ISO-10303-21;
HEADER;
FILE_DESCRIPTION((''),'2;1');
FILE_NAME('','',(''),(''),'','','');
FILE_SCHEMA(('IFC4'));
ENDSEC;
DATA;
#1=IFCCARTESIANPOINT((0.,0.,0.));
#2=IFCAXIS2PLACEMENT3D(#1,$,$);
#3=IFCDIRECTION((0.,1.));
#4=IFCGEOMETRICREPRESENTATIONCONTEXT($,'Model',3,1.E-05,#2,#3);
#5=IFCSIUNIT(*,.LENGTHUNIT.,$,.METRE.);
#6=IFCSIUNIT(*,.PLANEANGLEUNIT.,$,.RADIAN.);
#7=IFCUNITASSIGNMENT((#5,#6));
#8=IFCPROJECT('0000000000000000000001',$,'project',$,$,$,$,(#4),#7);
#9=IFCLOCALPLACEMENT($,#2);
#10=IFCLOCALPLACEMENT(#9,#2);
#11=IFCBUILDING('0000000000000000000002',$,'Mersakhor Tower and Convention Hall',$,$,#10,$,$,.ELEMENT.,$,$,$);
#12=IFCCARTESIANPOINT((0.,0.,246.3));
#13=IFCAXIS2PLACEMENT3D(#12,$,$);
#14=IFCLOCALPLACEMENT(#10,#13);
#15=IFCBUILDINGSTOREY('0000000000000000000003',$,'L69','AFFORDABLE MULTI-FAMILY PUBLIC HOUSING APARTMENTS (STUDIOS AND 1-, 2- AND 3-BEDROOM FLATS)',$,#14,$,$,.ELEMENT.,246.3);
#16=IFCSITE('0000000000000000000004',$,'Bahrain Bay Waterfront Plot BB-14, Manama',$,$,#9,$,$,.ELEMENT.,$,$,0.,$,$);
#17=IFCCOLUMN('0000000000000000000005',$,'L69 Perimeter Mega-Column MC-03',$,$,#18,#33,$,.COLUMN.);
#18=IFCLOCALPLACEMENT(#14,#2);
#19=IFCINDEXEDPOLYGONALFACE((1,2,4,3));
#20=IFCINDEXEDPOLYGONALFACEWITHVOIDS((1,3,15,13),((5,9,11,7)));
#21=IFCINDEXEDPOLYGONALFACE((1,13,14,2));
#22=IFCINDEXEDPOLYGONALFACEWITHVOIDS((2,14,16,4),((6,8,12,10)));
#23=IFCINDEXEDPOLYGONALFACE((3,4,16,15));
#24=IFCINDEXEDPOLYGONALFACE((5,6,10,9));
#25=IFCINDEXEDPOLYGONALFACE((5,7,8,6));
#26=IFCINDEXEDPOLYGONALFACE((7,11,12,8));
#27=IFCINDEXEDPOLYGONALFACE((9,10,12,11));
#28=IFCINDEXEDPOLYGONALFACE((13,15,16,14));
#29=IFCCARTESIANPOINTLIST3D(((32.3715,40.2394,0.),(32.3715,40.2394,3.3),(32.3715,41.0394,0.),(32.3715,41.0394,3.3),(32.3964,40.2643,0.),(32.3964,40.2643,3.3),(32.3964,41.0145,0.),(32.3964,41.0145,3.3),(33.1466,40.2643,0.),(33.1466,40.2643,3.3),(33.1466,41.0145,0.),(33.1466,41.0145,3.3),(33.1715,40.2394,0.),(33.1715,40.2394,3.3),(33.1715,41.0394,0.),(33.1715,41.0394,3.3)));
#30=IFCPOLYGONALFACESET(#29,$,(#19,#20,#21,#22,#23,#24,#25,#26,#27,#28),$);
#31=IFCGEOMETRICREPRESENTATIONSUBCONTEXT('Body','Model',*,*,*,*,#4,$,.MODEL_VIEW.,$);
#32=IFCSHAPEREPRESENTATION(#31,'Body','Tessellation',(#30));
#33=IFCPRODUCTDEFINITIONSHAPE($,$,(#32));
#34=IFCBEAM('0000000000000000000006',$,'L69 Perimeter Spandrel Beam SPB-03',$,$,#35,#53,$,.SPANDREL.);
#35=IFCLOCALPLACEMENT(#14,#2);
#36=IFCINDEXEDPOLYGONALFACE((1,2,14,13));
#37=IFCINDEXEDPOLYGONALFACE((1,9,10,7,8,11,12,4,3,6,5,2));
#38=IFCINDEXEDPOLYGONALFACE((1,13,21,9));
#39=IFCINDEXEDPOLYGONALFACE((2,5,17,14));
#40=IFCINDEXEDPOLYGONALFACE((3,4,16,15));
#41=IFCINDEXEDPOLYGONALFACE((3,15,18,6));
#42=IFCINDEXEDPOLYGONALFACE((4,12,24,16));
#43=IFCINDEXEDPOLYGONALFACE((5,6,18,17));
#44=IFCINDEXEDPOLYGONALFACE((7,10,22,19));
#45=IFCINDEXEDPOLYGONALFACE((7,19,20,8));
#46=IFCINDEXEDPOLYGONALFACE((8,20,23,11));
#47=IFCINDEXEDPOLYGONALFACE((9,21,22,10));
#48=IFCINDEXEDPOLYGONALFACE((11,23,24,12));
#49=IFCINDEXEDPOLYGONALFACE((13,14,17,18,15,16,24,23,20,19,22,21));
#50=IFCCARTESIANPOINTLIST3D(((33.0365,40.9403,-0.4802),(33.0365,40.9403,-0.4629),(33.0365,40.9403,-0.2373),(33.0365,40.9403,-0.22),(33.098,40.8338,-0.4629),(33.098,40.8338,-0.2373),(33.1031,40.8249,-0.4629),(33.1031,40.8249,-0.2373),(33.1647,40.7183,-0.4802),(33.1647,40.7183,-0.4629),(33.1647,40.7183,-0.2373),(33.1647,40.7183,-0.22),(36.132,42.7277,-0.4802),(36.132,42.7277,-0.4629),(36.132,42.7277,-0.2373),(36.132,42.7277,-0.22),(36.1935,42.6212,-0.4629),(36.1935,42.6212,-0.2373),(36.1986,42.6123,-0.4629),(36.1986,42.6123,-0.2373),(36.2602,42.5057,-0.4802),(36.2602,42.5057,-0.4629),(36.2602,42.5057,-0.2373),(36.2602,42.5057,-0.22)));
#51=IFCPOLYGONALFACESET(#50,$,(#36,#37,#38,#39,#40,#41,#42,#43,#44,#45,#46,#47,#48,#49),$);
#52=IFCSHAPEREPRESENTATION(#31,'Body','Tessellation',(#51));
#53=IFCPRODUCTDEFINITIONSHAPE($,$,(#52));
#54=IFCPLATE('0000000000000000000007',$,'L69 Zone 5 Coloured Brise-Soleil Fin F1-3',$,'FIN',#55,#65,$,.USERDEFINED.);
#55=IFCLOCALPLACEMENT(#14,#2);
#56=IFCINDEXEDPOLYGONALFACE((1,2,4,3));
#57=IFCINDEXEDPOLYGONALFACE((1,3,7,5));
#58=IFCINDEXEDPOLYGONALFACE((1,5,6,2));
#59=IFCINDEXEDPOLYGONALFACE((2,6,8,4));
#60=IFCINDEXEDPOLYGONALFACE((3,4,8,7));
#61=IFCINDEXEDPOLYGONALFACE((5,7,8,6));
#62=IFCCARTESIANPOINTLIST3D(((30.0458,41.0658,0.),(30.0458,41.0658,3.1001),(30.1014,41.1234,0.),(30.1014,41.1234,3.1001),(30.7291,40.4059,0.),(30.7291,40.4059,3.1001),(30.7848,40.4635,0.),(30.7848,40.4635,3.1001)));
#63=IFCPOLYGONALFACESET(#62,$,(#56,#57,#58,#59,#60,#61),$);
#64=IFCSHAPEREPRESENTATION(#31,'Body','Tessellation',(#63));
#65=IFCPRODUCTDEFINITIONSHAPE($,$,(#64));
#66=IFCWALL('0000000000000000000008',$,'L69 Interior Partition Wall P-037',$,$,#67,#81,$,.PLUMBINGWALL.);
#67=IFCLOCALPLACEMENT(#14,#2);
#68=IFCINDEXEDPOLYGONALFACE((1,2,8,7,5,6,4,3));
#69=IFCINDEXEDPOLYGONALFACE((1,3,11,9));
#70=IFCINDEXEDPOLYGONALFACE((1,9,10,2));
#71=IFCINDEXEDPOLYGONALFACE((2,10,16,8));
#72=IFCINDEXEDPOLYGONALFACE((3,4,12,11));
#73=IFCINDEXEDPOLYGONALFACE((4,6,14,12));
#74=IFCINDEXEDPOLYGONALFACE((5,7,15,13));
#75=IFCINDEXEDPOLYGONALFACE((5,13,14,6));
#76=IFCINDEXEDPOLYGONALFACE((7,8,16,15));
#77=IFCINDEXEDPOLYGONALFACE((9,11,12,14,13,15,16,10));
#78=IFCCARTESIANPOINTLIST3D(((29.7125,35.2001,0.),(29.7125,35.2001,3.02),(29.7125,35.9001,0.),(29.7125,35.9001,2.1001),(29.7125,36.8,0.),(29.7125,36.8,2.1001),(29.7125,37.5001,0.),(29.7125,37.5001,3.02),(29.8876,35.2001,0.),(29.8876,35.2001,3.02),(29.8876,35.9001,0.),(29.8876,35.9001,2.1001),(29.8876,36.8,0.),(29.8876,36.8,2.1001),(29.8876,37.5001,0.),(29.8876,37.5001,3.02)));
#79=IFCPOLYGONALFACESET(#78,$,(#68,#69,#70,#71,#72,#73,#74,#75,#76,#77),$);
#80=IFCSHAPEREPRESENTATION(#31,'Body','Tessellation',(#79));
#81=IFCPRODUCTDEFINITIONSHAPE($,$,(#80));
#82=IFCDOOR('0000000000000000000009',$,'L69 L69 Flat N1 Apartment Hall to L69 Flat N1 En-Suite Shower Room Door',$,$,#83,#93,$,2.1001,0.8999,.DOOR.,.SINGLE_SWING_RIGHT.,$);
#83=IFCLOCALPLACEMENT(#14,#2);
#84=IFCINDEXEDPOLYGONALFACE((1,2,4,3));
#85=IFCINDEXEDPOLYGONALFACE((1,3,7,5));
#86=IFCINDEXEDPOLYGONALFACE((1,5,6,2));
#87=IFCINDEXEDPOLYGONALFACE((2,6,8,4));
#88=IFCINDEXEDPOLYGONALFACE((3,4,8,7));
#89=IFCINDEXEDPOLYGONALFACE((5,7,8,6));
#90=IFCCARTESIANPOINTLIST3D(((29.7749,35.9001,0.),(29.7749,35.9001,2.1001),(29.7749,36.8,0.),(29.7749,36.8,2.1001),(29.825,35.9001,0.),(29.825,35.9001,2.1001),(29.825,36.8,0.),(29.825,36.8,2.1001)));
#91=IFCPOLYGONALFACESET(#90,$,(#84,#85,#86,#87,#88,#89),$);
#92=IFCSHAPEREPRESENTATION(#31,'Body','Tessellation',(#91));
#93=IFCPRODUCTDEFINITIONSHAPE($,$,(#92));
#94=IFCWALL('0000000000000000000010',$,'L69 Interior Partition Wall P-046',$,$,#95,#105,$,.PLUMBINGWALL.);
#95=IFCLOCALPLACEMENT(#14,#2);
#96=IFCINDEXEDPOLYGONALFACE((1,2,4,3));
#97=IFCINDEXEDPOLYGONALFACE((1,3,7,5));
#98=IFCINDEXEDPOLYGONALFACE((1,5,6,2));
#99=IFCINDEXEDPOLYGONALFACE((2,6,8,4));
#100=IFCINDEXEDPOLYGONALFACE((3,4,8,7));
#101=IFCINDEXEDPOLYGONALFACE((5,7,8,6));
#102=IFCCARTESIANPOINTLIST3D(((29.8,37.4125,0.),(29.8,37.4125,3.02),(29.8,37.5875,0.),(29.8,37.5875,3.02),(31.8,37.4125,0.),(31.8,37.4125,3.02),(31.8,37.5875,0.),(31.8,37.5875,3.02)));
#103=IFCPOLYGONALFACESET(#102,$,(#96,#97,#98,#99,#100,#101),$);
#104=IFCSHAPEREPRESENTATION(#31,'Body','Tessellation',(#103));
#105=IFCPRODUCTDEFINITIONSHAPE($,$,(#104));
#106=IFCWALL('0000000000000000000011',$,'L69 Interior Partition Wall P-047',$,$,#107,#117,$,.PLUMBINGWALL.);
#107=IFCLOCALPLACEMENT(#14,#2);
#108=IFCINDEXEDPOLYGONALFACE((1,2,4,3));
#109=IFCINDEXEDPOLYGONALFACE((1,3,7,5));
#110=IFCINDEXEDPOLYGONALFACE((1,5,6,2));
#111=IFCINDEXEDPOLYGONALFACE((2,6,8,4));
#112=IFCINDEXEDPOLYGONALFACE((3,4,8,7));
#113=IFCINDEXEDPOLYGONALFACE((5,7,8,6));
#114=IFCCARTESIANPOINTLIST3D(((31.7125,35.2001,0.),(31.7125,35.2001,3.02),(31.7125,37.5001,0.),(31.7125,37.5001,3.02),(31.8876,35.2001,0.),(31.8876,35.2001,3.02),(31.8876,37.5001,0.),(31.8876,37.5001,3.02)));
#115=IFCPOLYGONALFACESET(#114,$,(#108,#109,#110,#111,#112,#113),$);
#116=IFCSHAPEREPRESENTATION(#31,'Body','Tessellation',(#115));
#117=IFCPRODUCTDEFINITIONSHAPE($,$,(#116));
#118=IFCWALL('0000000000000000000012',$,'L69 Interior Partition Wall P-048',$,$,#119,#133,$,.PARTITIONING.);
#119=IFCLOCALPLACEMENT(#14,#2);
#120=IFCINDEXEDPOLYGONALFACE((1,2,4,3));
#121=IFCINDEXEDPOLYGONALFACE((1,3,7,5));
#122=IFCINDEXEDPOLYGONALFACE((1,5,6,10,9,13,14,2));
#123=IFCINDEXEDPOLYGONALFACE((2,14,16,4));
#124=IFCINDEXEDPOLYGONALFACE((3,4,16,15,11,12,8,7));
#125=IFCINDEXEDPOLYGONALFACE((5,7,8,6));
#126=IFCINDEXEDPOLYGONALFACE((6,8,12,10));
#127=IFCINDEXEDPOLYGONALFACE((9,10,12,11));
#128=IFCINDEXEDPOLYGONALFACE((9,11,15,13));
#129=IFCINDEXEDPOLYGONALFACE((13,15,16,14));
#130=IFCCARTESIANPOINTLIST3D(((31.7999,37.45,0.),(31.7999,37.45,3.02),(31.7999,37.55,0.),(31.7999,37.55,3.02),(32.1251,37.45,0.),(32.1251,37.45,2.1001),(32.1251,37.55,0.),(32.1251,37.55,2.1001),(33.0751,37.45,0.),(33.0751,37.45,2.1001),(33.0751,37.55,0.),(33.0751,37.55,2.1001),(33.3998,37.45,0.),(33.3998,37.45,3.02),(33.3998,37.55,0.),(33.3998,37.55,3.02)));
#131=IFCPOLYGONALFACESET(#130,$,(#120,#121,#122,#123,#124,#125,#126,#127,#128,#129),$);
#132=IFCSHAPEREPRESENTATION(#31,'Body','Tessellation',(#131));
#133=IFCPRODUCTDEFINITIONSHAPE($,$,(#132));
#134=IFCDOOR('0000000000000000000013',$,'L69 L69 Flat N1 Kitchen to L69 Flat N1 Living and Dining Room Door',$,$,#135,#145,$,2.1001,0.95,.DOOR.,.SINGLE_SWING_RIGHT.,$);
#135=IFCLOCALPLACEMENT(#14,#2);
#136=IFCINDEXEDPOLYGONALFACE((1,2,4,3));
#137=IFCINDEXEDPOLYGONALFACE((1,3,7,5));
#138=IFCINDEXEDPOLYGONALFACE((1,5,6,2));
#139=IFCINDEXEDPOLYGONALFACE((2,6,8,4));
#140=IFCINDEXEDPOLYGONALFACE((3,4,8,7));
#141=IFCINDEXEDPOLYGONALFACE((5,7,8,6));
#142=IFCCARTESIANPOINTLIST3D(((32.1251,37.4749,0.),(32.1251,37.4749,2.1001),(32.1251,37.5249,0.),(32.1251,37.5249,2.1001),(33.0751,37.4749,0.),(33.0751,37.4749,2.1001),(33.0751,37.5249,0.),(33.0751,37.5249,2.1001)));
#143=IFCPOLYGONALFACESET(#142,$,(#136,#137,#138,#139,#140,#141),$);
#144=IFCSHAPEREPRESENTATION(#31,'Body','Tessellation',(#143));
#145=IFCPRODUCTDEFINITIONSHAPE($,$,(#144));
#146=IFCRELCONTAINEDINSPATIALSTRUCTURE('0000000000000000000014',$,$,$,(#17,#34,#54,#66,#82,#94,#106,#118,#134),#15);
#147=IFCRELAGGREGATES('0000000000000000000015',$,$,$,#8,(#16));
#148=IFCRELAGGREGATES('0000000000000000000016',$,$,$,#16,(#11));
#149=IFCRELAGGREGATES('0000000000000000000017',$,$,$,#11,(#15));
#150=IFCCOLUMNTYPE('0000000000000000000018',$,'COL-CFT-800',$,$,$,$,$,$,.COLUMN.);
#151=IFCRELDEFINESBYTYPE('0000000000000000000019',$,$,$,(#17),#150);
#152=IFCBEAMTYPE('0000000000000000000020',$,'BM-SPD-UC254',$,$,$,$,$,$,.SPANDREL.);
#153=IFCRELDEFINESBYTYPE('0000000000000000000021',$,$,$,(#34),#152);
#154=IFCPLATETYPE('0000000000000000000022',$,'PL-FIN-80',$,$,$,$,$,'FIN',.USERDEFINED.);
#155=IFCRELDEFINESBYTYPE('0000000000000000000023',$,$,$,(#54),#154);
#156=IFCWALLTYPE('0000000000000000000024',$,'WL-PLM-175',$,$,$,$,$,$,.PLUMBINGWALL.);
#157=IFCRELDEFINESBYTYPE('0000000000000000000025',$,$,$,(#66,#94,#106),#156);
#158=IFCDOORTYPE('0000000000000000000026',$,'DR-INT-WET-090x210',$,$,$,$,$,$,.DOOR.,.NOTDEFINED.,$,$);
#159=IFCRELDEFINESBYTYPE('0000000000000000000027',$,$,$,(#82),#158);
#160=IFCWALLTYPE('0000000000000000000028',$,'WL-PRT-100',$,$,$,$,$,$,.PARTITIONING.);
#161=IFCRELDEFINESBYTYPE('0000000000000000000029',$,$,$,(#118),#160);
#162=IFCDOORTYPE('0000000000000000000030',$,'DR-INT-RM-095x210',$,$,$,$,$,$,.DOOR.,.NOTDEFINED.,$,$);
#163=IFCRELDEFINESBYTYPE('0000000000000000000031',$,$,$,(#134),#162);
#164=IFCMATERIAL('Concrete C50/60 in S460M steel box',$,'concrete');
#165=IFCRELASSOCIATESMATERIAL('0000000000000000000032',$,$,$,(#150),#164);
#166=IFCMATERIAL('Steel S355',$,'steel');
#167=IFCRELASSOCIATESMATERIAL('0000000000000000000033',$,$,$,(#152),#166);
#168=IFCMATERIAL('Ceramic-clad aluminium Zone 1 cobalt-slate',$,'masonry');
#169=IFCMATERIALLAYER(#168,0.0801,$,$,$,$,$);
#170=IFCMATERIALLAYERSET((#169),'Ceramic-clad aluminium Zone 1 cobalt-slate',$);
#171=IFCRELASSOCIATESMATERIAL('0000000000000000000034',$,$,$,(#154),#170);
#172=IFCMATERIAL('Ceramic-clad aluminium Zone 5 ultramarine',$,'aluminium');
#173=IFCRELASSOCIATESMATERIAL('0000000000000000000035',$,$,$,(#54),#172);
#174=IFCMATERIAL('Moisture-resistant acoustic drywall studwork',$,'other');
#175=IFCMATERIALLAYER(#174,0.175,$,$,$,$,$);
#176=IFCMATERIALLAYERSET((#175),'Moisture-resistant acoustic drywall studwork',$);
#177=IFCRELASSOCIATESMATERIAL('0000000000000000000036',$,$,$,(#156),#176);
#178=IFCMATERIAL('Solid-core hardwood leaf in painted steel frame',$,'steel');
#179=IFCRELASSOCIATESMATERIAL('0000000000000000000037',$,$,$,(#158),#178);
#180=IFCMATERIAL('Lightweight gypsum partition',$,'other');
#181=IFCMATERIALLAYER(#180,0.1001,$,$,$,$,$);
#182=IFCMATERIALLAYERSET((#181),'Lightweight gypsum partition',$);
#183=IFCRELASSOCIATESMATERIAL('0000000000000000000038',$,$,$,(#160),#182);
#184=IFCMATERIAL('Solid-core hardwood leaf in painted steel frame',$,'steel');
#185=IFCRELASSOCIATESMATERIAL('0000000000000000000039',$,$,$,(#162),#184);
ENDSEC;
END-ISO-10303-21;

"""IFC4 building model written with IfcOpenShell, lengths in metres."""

from ifc_helpers import new_model, si_unit, direction, frame, frame_2d, origin, origin_2d, place, context, subcontext, project, spatial, rectangle, hollow_rectangle, i_section, extrude, material, layer, layer_set, material_profile, profile_set, type_object, element, fill, save


model = new_model("IFC4")

# Units and contexts
model_context = context("Model", 3, precision=1e-05, world=origin(), true_north=direction((0.0, 1.0)))
body_context = subcontext(model_context, "Body", "Model", "MODEL_VIEW")
ifc_project = project(units=[si_unit("LENGTHUNIT", "METRE"), si_unit("PLANEANGLEUNIT", "RADIAN")], contexts=[model_context])

# Site, building, storey
site_placement = place(None, origin())
site = spatial("IfcSite", under=ifc_project, at=site_placement, Name="Bahrain Bay Waterfront Plot BB-14, Manama", CompositionType="ELEMENT", RefElevation=0.0)
building_placement = place(site_placement, origin())
building = spatial("IfcBuilding", under=site, at=building_placement, Name="Mersakhor Tower and Convention Hall", CompositionType="ELEMENT")
storey_placement = place(building_placement, frame((0.0, 0.0, 246.3)))
storey = spatial("IfcBuildingStorey", under=building, at=storey_placement, Name="L69", Description="AFFORDABLE MULTI-FAMILY PUBLIC HOUSING APARTMENTS (STUDIOS AND 1-, 2- AND 3-BEDROOM FLATS)", CompositionType="ELEMENT", Elevation=246.3)

# Column
ifc_material_1 = material(Name="Concrete C50/60 in S460M steel box", Category="concrete")
ifc_material_profile_1 = material_profile(ifc_material_1, hollow_rectangle(XDim=0.8, YDim=0.8, WallThickness=0.0249, at=origin_2d()), Name="SHS 800x800x25")
ifc_profile_set_1 = profile_set([ifc_material_profile_1], Name="Concrete C50/60 in S460M steel box")
column_type = type_object("IfcColumnType", Name="COL-CFT-800", PredefinedType="COLUMN", material=ifc_profile_set_1)
column_placement = place(storey_placement, frame((32.7715, 40.6394, 0.0), z_axis=(0.0, 0.0, 1.0), x_axis=(1.0, 0.0, 0.0)))
element("IfcColumn", 1, at=column_placement, inside=storey, type_object=column_type, Name="L69 Perimeter Mega-Column MC-03", PredefinedType="COLUMN", context=body_context, shape_type="SweptSolid", body=[
    extrude(hollow_rectangle(XDim=0.8, YDim=0.8, WallThickness=0.0249, at=origin_2d()), origin(), (0.0, 0.0, 1.0), 3.3),
])

# Beam
ifc_material_2 = material(Name="Steel S355", Category="steel")
ifc_material_profile_2 = material_profile(ifc_material_2, i_section(OverallWidth=0.2563, OverallDepth=0.2603, WebThickness=0.0103, FlangeThickness=0.0173, at=origin_2d()), Name="UC 254x254x89")
ifc_profile_set_2 = profile_set([ifc_material_profile_2], Name="Steel S355")
beam_type = type_object("IfcBeamType", Name="BM-SPD-UC254", PredefinedType="SPANDREL", material=ifc_profile_set_2)
beam_placement = place(storey_placement, frame((33.1006, 40.8293, -0.3501), z_axis=(0.866002, 0.50004, 0.0), x_axis=(-0.50004, 0.866002, 0.0)))
element("IfcBeam", 2, at=beam_placement, inside=storey, type_object=beam_type, Name="L69 Perimeter Spandrel Beam SPB-03", PredefinedType="SPANDREL", context=body_context, shape_type="SweptSolid", body=[
    extrude(i_section(OverallWidth=0.2563, OverallDepth=0.2603, WebThickness=0.0103, FlangeThickness=0.0173, at=origin_2d()), origin(), (0.0, 0.0, 1.0), 3.5745),
])

# Plate
ifc_material_3 = material(Name="Ceramic-clad aluminium Zone 5 ultramarine", Category="aluminium")
ifc_material_4 = material(Name="Ceramic-clad aluminium Zone 1 cobalt-slate", Category="masonry")
ifc_layer_1 = layer(ifc_material_4, 0.0801)
ifc_layer_set_1 = layer_set([ifc_layer_1], Name="Ceramic-clad aluminium Zone 1 cobalt-slate")
plate_type = type_object("IfcPlateType", Name="PL-FIN-80", ElementType="FIN", PredefinedType="USERDEFINED", material=ifc_layer_set_1)
plate_placement = place(storey_placement, frame((30.4153, 40.7646, 0.0), z_axis=(0.0, 0.0, 1.0), x_axis=(-0.71934, 0.694658, 0.0)))
element("IfcPlate", 3, at=plate_placement, inside=storey, type_object=plate_type, material=ifc_material_3, Name="L69 Zone 5 Coloured Brise-Soleil Fin F1-3", ObjectType="FIN", PredefinedType="USERDEFINED", context=body_context, shape_type="SweptSolid", body=[
    extrude(rectangle(XDim=0.95, YDim=0.0801, at=origin_2d()), origin(), (0.0, 0.0, 1.0), 3.1001),
])

# Wall, opening, door
ifc_material_5 = material(Name="Moisture-resistant acoustic drywall studwork", Category="other")
ifc_layer_2 = layer(ifc_material_5, 0.175)
ifc_layer_set_2 = layer_set([ifc_layer_2], Name="Moisture-resistant acoustic drywall studwork")
wall_type_1 = type_object("IfcWallType", Name="WL-PLM-175", PredefinedType="PLUMBINGWALL", material=ifc_layer_set_2)
wall_1_placement = place(storey_placement, frame((29.8, 37.5, 0.0), z_axis=(0.0, 0.0, 1.0), x_axis=(0.0, -1.0, 0.0)))
wall_1 = element("IfcWall", 4, at=wall_1_placement, inside=storey, type_object=wall_type_1, Name="L69 Interior Partition Wall P-037", PredefinedType="PLUMBINGWALL", context=body_context, shape_type="SweptSolid", body=[
    extrude(rectangle(XDim=2.3, YDim=0.175, at=frame_2d((1.1499, 0.0))), origin(), (0.0, 0.0, 1.0), 3.02),
])
opening_1_placement = place(wall_1_placement, frame((0.7, 0.0, 0.0)))
opening_1 = element("IfcOpeningElement", 5, at=opening_1_placement, cuts=wall_1, PredefinedType="OPENING", context=body_context, shape_type="SweptSolid", body=[
    extrude(rectangle(XDim=0.8999, YDim=2.1001, at=frame_2d((0.45, 1.05))), frame((0.0, 0.0974, 0.0), z_axis=(0.0, -1.0, 0.0), x_axis=(1.0, 0.0, 0.0)), (0.0, 0.0, 1.0), 0.1951),
])
ifc_material_6 = material(Name="Solid-core hardwood leaf in painted steel frame", Category="steel")
door_type_1 = type_object("IfcDoorType", Name="DR-INT-WET-090x210", OperationType="NOTDEFINED", PredefinedType="DOOR", material=ifc_material_6)
door_1_placement = place(opening_1_placement, origin())
door_1 = element("IfcDoor", 6, at=door_1_placement, inside=storey, type_object=door_type_1, Name="L69 L69 Flat N1 Apartment Hall to L69 Flat N1 En-Suite Shower Room Door", OperationType="SINGLE_SWING_RIGHT", OverallHeight=2.1001, OverallWidth=0.8999, PredefinedType="DOOR", context=body_context, shape_type="SweptSolid", body=[
    extrude(rectangle(XDim=0.8999, YDim=2.1001, at=frame_2d((0.45, 1.05))), frame((0.0, 0.0249, 0.0), z_axis=(0.0, -1.0, 0.0), x_axis=(1.0, 0.0, 0.0)), (0.0, 0.0, 1.0), 0.05),
])
fill(opening_1, door_1)

# Walls
wall_2_placement = place(storey_placement, frame((29.8, 37.5, 0.0), z_axis=(0.0, 0.0, 1.0), x_axis=(1.0, 0.0, 0.0)))
element("IfcWall", 7, at=wall_2_placement, inside=storey, type_object=wall_type_1, Name="L69 Interior Partition Wall P-046", PredefinedType="PLUMBINGWALL", context=body_context, shape_type="SweptSolid", body=[
    extrude(rectangle(XDim=2.0, YDim=0.175, at=frame_2d((1.0, 0.0))), origin(), (0.0, 0.0, 1.0), 3.02),
])
wall_3_placement = place(storey_placement, frame((31.8, 37.5, 0.0), z_axis=(0.0, 0.0, 1.0), x_axis=(0.0, -1.0, 0.0)))
element("IfcWall", 8, at=wall_3_placement, inside=storey, type_object=wall_type_1, Name="L69 Interior Partition Wall P-047", PredefinedType="PLUMBINGWALL", context=body_context, shape_type="SweptSolid", body=[
    extrude(rectangle(XDim=2.3, YDim=0.175, at=frame_2d((1.1499, 0.0))), origin(), (0.0, 0.0, 1.0), 3.02),
])

# Wall, opening, door
ifc_material_7 = material(Name="Lightweight gypsum partition", Category="other")
ifc_layer_3 = layer(ifc_material_7, 0.1001)
ifc_layer_set_3 = layer_set([ifc_layer_3], Name="Lightweight gypsum partition")
wall_type_2 = type_object("IfcWallType", Name="WL-PRT-100", PredefinedType="PARTITIONING", material=ifc_layer_set_3)
wall_4_placement = place(storey_placement, frame((31.8, 37.5, 0.0), z_axis=(0.0, 0.0, 1.0), x_axis=(1.0, 0.0, 0.0)))
wall_4 = element("IfcWall", 9, at=wall_4_placement, inside=storey, type_object=wall_type_2, Name="L69 Interior Partition Wall P-048", PredefinedType="PARTITIONING", context=body_context, shape_type="SweptSolid", body=[
    extrude(rectangle(XDim=1.5999, YDim=0.1001, at=frame_2d((0.7998, 0.0))), origin(), (0.0, 0.0, 1.0), 3.02),
])
opening_2_placement = place(wall_4_placement, frame((0.325, 0.0, 0.0)))
opening_2 = element("IfcOpeningElement", 10, at=opening_2_placement, cuts=wall_4, PredefinedType="OPENING", context=body_context, shape_type="SweptSolid", body=[
    extrude(rectangle(XDim=0.95, YDim=2.1001, at=frame_2d((0.4751, 1.05))), frame((0.0, 0.0601, 0.0), z_axis=(0.0, -1.0, 0.0), x_axis=(1.0, 0.0, 0.0)), (0.0, 0.0, 1.0), 0.1201),
])
ifc_material_8 = material(Name="Solid-core hardwood leaf in painted steel frame", Category="steel")
door_type_2 = type_object("IfcDoorType", Name="DR-INT-RM-095x210", OperationType="NOTDEFINED", PredefinedType="DOOR", material=ifc_material_8)
door_2_placement = place(opening_2_placement, origin())
door_2 = element("IfcDoor", 11, at=door_2_placement, inside=storey, type_object=door_type_2, Name="L69 L69 Flat N1 Kitchen to L69 Flat N1 Living and Dining Room Door", OperationType="SINGLE_SWING_RIGHT", OverallHeight=2.1001, OverallWidth=0.95, PredefinedType="DOOR", context=body_context, shape_type="SweptSolid", body=[
    extrude(rectangle(XDim=0.95, YDim=2.1001, at=frame_2d((0.4751, 1.05))), frame((0.0, 0.0249, 0.0), z_axis=(0.0, -1.0, 0.0), x_axis=(1.0, 0.0, 0.0)), (0.0, 0.0, 1.0), 0.05),
])
fill(opening_2, door_2)

save(model, "model.ifc")
